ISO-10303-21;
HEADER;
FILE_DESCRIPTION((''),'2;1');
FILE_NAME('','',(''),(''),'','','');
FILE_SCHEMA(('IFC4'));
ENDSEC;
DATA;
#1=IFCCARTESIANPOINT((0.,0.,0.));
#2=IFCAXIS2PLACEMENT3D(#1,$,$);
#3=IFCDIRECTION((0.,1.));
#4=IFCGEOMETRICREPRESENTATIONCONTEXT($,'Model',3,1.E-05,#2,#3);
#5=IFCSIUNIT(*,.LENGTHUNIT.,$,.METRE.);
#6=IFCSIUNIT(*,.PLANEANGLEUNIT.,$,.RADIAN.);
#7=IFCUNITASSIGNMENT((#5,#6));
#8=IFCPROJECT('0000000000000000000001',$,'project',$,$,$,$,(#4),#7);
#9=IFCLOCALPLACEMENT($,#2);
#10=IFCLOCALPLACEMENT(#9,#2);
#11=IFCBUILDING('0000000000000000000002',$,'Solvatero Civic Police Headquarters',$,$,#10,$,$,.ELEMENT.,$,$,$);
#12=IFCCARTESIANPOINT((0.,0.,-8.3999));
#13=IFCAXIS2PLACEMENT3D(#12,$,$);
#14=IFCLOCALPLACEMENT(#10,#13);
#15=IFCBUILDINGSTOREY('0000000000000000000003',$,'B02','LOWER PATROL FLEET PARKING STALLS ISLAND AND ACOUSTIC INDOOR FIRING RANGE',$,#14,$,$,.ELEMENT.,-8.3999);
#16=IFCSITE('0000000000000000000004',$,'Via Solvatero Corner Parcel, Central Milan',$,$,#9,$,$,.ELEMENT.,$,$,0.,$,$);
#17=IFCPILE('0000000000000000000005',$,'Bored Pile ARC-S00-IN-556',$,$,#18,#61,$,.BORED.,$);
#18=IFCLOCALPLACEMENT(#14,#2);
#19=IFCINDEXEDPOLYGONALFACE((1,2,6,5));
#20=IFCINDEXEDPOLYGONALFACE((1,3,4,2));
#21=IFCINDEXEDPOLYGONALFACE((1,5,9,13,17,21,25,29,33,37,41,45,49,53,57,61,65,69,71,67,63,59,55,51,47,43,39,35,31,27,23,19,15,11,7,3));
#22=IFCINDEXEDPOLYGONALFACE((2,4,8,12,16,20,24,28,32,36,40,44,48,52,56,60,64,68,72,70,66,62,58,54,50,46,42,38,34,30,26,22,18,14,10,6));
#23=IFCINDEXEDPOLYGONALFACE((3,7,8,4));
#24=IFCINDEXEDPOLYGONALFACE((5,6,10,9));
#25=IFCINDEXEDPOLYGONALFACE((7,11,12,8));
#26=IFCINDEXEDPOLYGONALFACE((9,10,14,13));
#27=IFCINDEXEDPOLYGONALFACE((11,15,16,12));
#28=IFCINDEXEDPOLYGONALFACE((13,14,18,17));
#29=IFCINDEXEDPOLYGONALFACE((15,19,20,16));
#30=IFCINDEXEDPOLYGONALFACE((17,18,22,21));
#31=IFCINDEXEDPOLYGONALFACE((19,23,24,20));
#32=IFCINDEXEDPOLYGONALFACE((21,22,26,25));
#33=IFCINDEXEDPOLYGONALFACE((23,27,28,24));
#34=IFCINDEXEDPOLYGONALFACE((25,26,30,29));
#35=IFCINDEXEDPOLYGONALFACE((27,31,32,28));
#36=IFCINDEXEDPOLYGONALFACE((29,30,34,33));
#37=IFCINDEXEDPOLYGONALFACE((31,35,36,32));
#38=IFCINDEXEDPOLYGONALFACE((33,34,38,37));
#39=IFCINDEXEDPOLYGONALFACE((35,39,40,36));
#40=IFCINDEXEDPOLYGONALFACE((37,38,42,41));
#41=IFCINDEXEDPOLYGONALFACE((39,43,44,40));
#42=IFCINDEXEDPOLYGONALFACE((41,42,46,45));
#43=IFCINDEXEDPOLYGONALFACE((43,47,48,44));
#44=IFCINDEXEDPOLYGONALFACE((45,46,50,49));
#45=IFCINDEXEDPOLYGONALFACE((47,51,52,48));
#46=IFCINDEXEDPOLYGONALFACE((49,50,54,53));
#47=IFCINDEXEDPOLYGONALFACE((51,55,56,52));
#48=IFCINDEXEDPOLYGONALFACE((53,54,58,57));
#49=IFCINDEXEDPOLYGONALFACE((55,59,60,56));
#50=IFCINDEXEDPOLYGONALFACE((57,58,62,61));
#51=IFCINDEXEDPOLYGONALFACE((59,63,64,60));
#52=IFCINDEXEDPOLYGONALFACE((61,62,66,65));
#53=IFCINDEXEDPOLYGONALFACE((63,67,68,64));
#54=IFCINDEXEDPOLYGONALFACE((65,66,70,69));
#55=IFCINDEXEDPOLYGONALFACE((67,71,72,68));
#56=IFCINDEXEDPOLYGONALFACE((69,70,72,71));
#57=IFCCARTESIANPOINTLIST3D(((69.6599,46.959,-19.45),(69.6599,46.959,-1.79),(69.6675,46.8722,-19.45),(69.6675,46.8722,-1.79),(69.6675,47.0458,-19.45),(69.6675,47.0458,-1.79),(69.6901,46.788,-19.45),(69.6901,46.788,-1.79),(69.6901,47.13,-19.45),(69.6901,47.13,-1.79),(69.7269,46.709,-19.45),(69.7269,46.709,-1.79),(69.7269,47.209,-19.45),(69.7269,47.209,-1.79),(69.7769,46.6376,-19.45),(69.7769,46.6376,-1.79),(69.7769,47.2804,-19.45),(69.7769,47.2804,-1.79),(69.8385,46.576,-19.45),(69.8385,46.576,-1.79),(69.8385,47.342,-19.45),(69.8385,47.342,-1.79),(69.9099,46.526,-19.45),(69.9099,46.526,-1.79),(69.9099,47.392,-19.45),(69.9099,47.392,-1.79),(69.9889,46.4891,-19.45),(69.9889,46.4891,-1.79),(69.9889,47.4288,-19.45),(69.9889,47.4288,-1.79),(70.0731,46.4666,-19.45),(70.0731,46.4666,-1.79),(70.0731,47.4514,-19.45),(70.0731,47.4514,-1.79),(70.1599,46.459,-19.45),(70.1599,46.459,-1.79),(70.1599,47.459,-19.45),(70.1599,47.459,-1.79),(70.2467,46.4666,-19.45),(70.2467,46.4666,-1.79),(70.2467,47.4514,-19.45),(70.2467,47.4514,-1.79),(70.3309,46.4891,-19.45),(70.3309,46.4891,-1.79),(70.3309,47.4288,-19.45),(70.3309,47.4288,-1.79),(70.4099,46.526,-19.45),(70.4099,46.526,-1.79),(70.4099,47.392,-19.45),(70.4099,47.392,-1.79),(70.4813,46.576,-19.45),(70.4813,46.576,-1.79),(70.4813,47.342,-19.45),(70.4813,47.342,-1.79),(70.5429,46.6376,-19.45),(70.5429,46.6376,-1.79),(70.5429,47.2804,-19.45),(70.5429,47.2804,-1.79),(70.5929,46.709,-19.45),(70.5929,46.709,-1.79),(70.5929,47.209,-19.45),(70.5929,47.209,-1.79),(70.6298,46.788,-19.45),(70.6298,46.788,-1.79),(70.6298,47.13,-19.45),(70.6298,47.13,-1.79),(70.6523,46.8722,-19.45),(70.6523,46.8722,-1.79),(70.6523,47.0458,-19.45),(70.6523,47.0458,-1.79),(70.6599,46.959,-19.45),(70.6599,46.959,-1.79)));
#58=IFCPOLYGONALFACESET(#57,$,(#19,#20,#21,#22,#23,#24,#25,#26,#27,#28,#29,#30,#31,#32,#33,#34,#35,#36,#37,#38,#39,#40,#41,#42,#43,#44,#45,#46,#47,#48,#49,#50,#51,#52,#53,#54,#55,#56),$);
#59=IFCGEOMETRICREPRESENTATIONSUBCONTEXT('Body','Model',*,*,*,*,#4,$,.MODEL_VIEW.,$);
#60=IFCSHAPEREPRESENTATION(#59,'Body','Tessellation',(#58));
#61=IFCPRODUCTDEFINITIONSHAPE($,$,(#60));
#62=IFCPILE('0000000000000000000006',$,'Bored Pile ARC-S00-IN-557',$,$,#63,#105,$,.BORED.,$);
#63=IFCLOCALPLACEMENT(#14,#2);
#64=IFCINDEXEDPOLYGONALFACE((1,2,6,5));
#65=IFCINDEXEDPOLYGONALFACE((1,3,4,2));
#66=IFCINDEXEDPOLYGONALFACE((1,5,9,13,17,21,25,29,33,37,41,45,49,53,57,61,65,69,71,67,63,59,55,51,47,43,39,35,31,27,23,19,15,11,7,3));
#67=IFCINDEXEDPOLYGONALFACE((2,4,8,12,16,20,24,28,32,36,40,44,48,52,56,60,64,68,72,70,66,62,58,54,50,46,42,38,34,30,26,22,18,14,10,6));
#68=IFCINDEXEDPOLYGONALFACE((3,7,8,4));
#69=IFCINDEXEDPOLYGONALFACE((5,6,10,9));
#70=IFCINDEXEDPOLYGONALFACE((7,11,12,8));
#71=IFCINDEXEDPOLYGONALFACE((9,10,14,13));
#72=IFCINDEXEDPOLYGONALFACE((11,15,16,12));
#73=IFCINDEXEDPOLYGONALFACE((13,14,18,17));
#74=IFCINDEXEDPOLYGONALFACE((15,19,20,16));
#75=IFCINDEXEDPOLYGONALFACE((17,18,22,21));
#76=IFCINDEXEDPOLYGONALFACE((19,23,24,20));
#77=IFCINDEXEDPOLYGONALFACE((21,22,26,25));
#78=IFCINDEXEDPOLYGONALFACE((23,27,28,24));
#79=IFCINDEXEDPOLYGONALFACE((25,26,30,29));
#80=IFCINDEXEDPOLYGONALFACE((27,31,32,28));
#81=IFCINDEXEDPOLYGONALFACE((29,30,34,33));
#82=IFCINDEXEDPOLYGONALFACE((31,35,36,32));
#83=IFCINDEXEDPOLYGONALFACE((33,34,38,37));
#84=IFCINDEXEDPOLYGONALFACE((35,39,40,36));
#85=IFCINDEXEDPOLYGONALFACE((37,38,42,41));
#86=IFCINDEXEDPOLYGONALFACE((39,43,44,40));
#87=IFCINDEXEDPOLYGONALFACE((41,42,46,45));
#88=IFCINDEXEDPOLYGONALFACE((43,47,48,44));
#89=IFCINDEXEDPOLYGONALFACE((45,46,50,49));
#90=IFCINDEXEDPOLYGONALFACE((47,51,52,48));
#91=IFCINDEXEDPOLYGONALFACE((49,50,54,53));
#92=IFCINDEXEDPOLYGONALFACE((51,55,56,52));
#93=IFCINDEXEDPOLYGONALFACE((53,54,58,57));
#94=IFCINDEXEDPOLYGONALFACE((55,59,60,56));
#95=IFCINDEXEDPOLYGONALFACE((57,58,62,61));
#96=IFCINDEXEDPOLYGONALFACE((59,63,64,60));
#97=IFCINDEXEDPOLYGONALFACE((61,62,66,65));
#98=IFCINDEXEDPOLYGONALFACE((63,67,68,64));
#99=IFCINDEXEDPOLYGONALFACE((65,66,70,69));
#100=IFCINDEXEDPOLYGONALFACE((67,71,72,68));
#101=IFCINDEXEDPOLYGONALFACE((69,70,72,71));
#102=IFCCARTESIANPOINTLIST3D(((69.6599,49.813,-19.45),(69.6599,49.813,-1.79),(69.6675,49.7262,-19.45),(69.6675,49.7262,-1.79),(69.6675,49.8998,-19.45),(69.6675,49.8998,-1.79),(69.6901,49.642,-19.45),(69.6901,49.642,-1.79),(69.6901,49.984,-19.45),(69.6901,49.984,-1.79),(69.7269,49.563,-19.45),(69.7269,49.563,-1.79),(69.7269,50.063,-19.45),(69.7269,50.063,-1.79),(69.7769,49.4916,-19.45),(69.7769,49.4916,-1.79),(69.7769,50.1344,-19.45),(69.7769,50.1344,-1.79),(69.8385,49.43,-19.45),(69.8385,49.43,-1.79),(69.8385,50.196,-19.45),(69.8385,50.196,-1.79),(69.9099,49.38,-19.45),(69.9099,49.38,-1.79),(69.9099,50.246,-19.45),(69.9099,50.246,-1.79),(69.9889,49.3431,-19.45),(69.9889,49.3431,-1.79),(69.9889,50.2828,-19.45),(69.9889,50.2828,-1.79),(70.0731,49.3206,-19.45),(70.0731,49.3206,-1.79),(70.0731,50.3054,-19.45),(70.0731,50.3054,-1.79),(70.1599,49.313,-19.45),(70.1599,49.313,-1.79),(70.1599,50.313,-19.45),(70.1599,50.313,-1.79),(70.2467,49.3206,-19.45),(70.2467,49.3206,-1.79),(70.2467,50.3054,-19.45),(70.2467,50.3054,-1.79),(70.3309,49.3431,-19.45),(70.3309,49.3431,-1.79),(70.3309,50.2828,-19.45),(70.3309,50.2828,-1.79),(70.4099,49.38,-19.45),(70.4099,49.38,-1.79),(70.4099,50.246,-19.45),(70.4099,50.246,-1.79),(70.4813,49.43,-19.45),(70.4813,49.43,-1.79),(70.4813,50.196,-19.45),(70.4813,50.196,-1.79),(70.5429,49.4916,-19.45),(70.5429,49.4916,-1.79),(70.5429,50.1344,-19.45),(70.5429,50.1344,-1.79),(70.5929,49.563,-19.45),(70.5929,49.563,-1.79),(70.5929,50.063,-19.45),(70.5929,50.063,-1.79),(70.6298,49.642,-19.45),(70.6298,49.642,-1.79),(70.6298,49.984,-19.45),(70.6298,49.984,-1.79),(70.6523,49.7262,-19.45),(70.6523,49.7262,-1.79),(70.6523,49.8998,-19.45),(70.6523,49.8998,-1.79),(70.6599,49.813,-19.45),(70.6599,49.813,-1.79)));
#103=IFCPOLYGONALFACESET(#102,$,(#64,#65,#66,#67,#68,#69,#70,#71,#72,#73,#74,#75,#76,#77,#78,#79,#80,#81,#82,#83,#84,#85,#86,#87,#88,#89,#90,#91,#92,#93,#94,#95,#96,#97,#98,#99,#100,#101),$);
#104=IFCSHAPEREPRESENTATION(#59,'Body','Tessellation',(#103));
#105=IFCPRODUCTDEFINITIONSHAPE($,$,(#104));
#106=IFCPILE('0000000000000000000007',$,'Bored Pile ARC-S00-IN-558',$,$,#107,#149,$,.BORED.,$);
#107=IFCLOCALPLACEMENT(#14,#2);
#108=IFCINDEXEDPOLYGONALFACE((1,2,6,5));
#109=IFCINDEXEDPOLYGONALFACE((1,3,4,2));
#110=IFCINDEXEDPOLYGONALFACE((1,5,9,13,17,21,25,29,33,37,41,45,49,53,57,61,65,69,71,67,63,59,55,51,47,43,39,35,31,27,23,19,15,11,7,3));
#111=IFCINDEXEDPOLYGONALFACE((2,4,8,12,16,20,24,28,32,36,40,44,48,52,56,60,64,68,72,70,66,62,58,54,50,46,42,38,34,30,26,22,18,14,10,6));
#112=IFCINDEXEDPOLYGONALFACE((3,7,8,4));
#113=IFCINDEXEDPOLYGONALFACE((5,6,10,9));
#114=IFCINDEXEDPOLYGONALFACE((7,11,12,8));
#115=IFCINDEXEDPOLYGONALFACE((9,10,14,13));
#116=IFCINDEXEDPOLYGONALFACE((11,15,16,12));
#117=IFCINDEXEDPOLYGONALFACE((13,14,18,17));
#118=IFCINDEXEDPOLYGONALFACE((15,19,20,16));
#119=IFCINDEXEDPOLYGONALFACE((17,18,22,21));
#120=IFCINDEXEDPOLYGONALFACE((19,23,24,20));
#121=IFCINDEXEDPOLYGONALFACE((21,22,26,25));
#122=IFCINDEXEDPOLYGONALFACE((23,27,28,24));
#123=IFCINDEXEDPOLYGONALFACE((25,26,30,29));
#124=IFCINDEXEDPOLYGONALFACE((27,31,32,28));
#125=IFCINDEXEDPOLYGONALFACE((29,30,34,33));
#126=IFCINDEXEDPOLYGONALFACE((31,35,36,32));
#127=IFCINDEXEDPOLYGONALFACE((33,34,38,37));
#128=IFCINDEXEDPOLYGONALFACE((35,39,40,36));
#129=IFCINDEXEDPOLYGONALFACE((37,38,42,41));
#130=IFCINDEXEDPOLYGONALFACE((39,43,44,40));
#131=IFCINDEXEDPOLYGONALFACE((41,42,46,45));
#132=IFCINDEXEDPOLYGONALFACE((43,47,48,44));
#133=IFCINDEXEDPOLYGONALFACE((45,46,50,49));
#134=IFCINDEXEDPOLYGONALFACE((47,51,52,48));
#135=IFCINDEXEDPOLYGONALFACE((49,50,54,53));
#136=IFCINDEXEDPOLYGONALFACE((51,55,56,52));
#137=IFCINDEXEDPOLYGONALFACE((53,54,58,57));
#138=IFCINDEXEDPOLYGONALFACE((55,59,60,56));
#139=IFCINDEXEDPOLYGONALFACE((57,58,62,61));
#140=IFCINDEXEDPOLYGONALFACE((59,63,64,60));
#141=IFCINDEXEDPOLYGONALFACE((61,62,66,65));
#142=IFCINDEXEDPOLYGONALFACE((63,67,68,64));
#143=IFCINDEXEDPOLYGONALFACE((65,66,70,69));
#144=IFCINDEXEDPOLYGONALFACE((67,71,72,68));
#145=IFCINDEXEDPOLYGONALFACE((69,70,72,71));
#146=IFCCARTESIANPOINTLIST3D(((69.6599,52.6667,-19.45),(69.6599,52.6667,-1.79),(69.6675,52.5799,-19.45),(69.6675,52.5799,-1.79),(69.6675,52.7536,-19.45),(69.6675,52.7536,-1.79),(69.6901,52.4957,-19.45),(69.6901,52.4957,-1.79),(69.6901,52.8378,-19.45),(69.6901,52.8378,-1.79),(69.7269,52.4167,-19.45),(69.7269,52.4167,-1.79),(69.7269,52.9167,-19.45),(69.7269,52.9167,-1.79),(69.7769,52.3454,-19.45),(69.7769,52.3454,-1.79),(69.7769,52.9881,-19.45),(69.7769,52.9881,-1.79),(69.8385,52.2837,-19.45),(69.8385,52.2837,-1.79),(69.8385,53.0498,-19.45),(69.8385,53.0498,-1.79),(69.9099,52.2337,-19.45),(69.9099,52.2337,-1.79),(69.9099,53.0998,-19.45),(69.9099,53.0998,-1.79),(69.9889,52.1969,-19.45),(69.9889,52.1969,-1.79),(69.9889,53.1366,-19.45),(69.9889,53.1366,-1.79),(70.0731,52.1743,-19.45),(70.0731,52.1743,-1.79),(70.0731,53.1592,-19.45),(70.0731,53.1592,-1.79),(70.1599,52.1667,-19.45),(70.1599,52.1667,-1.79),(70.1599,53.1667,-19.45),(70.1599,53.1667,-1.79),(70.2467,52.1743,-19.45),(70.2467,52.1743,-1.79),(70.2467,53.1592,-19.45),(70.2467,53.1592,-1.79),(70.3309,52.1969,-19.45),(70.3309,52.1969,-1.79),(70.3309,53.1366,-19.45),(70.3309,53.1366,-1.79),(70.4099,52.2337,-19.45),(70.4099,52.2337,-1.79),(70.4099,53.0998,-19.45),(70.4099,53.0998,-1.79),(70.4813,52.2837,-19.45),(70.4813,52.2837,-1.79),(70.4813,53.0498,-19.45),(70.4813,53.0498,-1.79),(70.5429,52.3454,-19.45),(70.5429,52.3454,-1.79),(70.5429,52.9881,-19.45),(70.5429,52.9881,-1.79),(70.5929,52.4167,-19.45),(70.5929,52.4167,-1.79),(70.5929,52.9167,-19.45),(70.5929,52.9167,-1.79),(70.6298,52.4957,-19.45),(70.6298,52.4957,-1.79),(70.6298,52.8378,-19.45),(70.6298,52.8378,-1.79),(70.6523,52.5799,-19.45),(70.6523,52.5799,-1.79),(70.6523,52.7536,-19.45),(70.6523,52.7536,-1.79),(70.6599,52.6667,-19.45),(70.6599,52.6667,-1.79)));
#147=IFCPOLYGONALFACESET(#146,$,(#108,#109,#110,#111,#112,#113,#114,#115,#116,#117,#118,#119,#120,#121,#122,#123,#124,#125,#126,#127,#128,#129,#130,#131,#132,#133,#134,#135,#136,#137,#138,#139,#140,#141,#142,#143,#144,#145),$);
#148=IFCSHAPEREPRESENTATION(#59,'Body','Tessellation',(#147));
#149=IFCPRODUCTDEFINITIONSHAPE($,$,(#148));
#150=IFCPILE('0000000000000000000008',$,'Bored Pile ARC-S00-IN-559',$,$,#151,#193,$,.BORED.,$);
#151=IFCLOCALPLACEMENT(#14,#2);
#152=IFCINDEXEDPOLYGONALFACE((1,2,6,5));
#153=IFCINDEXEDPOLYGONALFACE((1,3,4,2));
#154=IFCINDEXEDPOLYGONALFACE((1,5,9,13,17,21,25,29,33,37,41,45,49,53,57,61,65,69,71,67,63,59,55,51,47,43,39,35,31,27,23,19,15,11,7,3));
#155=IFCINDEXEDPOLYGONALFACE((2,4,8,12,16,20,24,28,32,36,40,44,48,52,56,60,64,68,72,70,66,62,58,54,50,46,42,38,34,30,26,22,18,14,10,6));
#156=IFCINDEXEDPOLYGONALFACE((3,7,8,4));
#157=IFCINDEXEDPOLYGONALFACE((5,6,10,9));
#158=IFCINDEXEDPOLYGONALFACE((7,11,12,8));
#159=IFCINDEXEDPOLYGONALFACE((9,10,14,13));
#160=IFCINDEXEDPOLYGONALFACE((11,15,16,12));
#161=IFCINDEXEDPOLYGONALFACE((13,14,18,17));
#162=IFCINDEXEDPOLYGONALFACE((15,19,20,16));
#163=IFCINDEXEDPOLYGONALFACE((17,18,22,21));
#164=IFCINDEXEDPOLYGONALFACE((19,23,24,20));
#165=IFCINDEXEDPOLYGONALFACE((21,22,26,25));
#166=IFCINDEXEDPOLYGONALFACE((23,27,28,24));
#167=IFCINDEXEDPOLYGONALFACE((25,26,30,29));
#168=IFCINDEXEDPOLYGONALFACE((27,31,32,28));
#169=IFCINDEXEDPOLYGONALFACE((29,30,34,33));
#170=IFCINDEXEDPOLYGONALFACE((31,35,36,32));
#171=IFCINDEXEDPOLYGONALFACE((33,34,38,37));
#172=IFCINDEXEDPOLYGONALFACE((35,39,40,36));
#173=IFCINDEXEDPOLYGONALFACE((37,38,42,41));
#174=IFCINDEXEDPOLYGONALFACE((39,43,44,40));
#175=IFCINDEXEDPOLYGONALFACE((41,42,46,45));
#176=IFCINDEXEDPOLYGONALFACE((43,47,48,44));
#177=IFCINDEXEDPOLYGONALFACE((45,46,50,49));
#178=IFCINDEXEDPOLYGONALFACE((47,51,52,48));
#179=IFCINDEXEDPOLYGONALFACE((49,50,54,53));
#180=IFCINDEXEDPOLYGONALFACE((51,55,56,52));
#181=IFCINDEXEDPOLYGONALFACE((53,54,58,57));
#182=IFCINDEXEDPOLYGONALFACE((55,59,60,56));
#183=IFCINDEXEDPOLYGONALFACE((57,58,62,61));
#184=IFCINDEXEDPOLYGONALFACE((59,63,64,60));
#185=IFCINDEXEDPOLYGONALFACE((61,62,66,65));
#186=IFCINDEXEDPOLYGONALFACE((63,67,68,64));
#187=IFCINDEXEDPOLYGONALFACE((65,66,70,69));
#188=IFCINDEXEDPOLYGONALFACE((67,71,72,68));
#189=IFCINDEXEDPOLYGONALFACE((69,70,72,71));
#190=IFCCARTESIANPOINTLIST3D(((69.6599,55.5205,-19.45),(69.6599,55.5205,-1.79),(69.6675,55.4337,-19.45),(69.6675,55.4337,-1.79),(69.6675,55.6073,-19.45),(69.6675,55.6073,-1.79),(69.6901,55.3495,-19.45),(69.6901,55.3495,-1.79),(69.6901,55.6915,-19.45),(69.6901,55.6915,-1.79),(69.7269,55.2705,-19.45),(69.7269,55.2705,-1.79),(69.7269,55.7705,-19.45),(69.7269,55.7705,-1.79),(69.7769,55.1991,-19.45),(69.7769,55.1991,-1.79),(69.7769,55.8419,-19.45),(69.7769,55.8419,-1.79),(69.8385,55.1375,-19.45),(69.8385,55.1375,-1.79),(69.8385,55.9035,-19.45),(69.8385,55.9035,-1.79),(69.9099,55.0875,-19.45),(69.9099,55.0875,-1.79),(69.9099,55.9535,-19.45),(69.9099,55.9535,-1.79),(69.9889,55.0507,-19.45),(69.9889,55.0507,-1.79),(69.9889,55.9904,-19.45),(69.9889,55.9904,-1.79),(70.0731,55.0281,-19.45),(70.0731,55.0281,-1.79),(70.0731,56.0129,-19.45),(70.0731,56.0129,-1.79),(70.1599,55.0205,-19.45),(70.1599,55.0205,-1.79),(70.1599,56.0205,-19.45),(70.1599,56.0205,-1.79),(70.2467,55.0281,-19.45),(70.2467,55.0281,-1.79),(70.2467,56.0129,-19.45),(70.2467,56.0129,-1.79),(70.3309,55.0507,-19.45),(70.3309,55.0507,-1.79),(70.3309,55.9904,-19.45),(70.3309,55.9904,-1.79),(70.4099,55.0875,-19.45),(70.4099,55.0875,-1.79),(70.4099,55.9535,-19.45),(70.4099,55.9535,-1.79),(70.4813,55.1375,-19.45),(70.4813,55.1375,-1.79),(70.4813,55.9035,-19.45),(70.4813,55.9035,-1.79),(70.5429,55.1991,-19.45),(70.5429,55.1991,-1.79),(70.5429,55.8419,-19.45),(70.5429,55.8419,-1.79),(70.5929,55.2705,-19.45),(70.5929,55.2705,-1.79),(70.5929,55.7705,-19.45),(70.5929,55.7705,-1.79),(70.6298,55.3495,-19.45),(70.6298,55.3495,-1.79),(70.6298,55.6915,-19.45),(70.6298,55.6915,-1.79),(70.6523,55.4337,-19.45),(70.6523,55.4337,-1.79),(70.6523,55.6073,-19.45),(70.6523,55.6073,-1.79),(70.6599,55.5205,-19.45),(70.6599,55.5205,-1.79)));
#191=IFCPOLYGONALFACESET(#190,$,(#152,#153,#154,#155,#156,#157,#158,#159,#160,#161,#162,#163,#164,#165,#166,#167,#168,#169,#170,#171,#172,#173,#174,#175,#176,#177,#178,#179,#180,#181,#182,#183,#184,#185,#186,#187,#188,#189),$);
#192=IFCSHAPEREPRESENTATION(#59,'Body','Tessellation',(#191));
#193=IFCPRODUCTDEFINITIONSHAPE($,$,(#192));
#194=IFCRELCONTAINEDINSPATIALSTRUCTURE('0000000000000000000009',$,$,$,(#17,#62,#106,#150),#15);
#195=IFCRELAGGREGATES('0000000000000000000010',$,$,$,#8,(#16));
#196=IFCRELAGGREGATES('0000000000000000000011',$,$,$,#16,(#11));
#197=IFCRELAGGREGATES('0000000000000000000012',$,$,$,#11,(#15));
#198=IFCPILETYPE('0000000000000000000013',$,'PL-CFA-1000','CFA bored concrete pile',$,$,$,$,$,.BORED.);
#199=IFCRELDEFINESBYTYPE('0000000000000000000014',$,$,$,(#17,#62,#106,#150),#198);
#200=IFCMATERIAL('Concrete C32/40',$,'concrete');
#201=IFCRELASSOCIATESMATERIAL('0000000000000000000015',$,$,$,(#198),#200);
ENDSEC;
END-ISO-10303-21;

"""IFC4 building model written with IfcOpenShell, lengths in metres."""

from ifc_helpers import new_model, si_unit, direction, frame, origin, origin_2d, place, context, subcontext, project, spatial, circle, extrude, material, material_profile, profile_set, type_object, element, save


model = new_model("IFC4")

# Units and contexts
model_context = context("Model", 3, precision=1e-05, world=origin(), true_north=direction((0.0, 1.0)))
body_context = subcontext(model_context, "Body", "Model", "MODEL_VIEW")
ifc_project = project(units=[si_unit("LENGTHUNIT", "METRE"), si_unit("PLANEANGLEUNIT", "RADIAN")], contexts=[model_context])

# Site, building, storey
site_placement = place(None, origin())
site = spatial("IfcSite", under=ifc_project, at=site_placement, Name="Via Solvatero Corner Parcel, Central Milan", CompositionType="ELEMENT", RefElevation=0.0)
building_placement = place(site_placement, origin())
building = spatial("IfcBuilding", under=site, at=building_placement, Name="Solvatero Civic Police Headquarters", CompositionType="ELEMENT")
storey_placement = place(building_placement, frame((0.0, 0.0, -8.3999)))
storey = spatial("IfcBuildingStorey", under=building, at=storey_placement, Name="B02", Description="LOWER PATROL FLEET PARKING STALLS ISLAND AND ACOUSTIC INDOOR FIRING RANGE", CompositionType="ELEMENT", Elevation=-8.3999)

# Piles
ifc_material_1 = material(Name="Concrete C32/40", Category="concrete")
ifc_material_profile_1 = material_profile(ifc_material_1, circle(Radius=0.5, at=origin_2d()), Name="CFA PILE D1000")
ifc_profile_set_1 = profile_set([ifc_material_profile_1], Name="Concrete C32/40")
pile_type = type_object("IfcPileType", Name="PL-CFA-1000", Description="CFA bored concrete pile", PredefinedType="BORED", material=ifc_profile_set_1)
for number, where, z_axis, x_axis, name in (
    (1, (70.1599, 46.959, -1.79), (0.0, 0.0, -1.0), (1.0, 0.0, 0.0), "Bored Pile ARC-S00-IN-556"),
    (2, (70.1599, 49.813, -1.79), (0.0, 0.0, -1.0), (1.0, 0.0, 0.0), "Bored Pile ARC-S00-IN-557"),
    (3, (70.1599, 52.6667, -1.79), (0.0, 0.0, -1.0), (1.0, 0.0, 0.0), "Bored Pile ARC-S00-IN-558"),
    (4, (70.1599, 55.5205, -1.79), (0.0, 0.0, -1.0), (1.0, 0.0, 0.0), "Bored Pile ARC-S00-IN-559"),
):
    element("IfcPile", number, at=place(storey_placement, frame(where, z_axis=z_axis, x_axis=x_axis)), inside=storey, type_object=pile_type, Name=name, PredefinedType="BORED", context=body_context, shape_type="SweptSolid", body=[
        extrude(circle(Radius=0.5, at=origin_2d()), origin(), (0.0, 0.0, 1.0), 17.6599),
    ])

save(model, "model.ifc")
